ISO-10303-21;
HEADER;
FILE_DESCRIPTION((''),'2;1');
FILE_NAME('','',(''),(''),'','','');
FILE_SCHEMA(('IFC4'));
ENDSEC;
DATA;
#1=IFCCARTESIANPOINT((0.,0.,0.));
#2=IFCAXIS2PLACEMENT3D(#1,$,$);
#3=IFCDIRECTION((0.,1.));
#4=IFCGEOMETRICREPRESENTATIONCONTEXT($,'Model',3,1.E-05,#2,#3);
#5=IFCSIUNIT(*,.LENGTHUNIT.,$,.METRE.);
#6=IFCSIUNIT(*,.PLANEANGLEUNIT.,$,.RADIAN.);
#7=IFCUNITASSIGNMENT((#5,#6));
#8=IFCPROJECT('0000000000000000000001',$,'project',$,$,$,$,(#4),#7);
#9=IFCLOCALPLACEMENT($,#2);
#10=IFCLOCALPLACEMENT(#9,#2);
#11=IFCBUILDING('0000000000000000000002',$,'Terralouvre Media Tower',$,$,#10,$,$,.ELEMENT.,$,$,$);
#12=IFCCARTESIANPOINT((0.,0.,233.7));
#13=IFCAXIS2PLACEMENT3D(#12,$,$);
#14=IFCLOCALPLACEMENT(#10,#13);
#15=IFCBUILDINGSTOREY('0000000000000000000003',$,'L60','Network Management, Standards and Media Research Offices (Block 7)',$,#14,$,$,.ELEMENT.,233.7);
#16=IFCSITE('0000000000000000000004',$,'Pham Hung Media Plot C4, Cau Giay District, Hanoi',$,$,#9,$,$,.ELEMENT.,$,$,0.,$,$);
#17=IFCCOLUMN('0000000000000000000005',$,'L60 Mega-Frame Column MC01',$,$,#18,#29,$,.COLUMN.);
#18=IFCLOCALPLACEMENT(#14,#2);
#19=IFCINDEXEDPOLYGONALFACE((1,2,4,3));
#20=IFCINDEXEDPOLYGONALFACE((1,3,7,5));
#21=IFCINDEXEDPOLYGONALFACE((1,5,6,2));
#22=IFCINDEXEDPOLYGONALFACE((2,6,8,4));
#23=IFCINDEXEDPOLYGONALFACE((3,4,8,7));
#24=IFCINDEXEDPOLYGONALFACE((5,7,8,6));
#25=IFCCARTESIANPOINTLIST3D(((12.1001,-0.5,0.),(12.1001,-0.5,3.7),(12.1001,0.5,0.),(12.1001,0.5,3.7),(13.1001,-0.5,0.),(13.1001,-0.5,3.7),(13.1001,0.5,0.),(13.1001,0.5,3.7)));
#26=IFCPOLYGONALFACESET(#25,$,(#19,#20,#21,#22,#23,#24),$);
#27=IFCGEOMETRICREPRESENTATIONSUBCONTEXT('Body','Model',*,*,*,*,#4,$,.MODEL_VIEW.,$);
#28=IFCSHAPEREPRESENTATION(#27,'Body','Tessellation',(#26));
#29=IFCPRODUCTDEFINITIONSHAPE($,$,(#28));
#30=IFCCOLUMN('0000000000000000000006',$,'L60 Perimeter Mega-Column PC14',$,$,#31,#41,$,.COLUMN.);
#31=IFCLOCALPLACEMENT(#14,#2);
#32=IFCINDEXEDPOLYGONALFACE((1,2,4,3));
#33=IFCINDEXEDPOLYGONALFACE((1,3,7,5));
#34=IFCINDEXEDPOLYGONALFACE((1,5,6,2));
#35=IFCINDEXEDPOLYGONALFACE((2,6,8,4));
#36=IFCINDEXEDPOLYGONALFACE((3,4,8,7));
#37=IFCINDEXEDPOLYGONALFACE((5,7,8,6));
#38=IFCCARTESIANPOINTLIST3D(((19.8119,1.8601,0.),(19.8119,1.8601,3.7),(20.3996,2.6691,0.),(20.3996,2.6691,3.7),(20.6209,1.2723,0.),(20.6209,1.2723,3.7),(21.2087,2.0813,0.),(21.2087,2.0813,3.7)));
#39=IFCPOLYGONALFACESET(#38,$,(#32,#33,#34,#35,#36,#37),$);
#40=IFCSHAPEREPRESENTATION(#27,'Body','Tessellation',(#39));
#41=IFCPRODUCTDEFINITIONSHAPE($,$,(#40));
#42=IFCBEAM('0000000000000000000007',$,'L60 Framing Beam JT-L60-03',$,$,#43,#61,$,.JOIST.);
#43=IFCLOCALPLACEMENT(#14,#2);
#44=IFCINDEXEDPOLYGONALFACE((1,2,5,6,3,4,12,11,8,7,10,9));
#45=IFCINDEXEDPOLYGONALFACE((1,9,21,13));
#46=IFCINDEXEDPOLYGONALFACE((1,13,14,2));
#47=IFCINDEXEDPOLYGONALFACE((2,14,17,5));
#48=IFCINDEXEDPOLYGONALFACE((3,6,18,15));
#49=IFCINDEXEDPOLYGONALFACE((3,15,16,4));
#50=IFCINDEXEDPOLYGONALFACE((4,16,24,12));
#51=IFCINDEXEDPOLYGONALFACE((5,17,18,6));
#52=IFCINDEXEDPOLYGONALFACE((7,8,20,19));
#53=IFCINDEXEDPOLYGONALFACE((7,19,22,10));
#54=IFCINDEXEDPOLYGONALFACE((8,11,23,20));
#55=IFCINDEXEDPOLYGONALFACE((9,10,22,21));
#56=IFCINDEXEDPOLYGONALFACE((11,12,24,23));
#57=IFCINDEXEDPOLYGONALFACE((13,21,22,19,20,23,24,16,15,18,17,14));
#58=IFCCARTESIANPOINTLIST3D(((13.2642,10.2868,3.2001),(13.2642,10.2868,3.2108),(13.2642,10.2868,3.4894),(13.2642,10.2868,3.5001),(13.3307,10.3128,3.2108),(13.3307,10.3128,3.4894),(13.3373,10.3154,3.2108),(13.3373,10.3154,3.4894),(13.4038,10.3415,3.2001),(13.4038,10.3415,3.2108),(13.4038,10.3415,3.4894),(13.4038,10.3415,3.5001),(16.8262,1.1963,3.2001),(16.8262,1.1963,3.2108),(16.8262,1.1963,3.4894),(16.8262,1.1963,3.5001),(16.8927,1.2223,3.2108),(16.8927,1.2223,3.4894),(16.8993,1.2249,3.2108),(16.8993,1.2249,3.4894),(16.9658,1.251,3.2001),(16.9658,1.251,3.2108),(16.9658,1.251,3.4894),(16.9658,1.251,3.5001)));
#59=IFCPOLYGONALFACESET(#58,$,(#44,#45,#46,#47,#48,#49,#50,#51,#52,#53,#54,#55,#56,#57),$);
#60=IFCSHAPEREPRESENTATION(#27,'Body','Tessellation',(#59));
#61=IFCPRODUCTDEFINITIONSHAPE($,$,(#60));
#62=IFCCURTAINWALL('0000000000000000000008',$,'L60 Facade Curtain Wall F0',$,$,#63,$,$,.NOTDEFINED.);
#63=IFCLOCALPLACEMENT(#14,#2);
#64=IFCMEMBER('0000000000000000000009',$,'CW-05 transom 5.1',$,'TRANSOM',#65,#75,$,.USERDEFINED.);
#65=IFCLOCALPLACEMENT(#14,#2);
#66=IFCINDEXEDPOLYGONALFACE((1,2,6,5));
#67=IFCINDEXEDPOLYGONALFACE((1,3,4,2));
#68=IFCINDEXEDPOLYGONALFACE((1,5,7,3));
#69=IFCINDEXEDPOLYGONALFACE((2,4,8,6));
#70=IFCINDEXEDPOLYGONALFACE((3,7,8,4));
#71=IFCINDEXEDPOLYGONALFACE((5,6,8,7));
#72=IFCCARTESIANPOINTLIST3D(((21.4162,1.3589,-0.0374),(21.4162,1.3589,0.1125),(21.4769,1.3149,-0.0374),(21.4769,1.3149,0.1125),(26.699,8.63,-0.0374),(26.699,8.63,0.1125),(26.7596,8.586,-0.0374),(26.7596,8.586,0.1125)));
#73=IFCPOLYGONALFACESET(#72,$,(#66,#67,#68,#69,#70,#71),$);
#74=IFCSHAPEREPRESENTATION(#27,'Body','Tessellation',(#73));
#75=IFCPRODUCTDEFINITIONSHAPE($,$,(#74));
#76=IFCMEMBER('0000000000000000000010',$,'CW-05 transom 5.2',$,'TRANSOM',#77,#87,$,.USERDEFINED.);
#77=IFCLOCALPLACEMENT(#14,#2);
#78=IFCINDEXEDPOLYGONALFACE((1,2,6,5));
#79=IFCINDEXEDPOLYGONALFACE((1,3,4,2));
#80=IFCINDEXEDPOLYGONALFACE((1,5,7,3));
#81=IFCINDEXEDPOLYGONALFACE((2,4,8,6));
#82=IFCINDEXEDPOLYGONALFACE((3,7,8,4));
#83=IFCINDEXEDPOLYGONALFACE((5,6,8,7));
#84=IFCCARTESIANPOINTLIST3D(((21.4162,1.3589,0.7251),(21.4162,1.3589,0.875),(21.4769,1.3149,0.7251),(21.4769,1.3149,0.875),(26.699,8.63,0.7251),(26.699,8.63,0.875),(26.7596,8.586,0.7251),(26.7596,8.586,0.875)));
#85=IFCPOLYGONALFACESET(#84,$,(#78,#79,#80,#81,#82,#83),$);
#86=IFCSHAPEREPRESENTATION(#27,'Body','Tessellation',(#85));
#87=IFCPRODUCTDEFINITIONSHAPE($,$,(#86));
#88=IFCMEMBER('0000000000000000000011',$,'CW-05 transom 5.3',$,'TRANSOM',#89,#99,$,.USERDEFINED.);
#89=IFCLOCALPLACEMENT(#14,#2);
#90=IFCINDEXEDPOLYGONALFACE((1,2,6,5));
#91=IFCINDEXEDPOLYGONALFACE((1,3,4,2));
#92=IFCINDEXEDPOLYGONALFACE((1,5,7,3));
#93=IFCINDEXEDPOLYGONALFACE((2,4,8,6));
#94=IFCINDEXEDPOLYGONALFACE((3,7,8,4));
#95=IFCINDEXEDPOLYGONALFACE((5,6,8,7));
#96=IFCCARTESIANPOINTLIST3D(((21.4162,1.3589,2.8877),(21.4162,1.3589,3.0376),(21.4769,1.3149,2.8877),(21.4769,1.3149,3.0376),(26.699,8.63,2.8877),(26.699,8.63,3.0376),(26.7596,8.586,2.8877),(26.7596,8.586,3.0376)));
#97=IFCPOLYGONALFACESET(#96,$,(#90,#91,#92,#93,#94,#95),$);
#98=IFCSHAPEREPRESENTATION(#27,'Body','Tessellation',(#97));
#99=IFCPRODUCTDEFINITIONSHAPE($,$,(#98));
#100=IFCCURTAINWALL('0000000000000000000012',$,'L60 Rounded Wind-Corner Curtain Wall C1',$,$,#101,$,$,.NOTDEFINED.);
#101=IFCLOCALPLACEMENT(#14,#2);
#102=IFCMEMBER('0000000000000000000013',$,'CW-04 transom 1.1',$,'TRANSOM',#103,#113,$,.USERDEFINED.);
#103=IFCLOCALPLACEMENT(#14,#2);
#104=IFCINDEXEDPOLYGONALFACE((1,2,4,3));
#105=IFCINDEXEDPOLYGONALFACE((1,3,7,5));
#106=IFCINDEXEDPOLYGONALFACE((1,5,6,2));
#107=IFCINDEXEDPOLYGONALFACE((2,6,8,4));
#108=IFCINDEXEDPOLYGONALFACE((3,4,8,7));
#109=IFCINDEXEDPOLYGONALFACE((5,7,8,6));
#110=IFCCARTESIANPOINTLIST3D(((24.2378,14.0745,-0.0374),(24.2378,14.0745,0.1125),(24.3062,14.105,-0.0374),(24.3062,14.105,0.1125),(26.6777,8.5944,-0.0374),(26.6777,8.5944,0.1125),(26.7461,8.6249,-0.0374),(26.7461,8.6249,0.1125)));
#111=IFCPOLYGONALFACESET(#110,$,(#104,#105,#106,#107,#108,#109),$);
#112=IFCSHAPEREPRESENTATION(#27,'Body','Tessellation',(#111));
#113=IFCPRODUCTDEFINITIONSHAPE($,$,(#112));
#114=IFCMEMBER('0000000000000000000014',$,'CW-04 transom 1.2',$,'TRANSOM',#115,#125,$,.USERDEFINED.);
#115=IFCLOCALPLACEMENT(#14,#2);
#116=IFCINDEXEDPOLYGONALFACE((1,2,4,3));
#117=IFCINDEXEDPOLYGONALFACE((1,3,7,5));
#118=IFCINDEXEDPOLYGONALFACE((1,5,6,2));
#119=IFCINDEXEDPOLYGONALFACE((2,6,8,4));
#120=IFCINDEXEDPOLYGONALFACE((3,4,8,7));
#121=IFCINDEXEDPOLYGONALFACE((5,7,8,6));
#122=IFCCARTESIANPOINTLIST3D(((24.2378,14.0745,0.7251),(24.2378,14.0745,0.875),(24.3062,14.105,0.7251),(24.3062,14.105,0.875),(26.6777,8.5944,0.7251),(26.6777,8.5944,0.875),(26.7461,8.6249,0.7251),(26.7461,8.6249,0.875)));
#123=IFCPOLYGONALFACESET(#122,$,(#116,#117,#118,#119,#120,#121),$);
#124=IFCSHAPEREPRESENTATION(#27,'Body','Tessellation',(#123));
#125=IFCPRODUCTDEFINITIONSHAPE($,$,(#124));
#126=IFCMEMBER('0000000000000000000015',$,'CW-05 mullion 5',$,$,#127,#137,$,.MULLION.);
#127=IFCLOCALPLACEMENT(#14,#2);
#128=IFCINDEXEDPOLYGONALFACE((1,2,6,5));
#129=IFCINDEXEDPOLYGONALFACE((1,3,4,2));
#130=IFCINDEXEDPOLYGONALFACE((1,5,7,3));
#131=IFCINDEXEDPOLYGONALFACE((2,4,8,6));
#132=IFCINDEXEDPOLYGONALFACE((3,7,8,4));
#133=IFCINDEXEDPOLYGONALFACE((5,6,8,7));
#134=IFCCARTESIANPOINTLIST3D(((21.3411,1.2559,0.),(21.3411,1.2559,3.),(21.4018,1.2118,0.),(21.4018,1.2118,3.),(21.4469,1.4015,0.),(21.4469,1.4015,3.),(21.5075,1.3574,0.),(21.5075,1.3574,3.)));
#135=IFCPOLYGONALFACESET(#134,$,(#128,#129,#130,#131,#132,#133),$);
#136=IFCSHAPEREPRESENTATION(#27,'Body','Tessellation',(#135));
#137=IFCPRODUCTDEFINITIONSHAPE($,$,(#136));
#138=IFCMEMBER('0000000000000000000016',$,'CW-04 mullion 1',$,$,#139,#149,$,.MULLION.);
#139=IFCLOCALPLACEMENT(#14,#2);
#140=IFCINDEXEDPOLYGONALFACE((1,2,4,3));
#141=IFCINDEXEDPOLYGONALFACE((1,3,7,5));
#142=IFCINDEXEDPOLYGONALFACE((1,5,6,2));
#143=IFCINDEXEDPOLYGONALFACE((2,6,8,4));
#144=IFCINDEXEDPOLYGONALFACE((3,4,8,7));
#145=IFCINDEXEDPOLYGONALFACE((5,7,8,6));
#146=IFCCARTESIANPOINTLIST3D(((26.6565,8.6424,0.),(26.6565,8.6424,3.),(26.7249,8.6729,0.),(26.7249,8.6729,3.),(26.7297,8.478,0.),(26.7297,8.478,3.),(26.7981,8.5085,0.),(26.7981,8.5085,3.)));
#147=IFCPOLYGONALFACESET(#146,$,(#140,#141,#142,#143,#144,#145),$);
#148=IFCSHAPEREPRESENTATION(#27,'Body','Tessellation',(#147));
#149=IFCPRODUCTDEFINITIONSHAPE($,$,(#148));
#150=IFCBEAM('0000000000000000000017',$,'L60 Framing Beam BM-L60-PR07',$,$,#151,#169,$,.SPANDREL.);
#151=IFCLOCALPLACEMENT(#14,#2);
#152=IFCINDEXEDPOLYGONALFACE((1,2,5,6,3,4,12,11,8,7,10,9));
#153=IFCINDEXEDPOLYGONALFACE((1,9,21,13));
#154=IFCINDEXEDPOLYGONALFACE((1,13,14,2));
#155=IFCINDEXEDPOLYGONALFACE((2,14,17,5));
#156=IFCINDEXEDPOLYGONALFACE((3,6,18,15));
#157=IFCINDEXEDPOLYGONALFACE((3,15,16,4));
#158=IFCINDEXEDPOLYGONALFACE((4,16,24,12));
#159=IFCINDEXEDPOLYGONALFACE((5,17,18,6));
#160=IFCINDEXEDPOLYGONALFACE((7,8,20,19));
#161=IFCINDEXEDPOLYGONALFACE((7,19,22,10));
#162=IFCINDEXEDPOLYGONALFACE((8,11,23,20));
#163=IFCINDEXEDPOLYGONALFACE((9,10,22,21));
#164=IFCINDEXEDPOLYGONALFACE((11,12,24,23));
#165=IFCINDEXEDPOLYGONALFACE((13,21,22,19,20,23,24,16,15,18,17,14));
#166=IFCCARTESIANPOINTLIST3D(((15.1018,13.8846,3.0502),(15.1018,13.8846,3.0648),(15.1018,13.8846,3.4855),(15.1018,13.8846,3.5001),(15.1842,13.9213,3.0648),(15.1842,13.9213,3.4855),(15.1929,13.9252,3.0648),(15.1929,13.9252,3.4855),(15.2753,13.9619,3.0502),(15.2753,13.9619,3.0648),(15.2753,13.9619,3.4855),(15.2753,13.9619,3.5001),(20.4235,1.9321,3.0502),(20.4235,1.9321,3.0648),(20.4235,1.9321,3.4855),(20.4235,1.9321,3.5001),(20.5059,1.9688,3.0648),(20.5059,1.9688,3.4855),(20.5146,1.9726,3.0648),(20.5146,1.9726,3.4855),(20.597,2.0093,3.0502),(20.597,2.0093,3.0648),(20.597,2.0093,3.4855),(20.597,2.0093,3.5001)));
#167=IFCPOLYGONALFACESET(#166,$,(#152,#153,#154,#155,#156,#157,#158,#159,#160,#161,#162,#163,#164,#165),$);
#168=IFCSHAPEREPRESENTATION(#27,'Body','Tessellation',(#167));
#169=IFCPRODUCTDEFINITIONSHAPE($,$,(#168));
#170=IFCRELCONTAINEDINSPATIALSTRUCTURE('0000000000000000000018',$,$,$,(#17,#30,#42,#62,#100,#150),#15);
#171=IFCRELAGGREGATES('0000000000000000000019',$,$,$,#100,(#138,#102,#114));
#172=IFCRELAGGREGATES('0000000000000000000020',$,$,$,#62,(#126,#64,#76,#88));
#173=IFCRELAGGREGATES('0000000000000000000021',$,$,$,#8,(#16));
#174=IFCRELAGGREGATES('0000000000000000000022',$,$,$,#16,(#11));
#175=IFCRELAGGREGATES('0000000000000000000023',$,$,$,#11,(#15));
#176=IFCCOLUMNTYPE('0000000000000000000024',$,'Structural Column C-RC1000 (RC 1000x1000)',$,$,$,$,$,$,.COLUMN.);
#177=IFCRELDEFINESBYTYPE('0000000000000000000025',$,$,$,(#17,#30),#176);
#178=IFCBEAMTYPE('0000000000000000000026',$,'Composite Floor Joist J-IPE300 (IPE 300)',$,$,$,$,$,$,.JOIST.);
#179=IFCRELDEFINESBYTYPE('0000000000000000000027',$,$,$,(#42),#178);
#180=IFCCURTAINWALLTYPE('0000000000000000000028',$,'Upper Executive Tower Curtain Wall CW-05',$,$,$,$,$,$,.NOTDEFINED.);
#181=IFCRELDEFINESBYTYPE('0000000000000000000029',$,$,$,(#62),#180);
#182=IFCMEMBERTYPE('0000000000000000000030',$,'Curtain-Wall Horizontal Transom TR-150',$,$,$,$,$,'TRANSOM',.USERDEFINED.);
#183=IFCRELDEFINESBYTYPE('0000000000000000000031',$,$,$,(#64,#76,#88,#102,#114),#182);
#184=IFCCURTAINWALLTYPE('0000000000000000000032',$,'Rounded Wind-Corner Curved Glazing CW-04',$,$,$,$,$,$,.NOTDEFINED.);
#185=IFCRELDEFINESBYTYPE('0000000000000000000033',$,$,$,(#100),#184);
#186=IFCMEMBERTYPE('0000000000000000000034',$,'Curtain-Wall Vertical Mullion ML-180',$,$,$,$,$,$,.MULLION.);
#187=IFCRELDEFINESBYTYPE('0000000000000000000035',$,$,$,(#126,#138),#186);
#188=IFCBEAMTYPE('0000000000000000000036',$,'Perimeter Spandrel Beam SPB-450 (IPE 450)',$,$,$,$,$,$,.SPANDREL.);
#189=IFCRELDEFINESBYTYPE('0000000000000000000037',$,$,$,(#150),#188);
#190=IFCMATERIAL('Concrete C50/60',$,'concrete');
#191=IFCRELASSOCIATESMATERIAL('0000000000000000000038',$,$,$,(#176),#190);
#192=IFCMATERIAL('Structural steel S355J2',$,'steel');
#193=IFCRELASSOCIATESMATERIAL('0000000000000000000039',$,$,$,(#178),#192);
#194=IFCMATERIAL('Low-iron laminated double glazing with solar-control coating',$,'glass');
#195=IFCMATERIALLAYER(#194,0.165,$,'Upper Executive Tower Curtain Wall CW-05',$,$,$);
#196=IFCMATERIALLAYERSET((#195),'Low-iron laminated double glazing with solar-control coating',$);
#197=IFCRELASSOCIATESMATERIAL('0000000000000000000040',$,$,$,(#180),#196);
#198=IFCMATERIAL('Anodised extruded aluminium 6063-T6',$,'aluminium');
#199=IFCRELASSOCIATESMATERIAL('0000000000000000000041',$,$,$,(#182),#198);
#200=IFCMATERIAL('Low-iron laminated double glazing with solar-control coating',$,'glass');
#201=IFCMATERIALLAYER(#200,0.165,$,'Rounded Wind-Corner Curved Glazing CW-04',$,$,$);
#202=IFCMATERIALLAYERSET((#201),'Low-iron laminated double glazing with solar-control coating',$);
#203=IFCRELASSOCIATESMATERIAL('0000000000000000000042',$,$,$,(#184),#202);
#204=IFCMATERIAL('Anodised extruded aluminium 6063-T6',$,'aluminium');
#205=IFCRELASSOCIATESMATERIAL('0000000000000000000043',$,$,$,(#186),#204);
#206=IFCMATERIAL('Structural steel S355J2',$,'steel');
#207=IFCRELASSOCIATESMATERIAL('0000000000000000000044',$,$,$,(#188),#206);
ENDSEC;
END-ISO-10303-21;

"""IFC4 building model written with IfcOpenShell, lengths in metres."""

from ifc_helpers import new_model, si_unit, direction, frame, origin, origin_2d, place, context, subcontext, project, spatial, rectangle, i_section, extrude, material, layer, layer_set, material_profile, profile_set, type_object, element, aggregate, save


model = new_model("IFC4")

# Units and contexts
model_context = context("Model", 3, precision=1e-05, world=origin(), true_north=direction((0.0, 1.0)))
body_context = subcontext(model_context, "Body", "Model", "MODEL_VIEW")
ifc_project = project(units=[si_unit("LENGTHUNIT", "METRE"), si_unit("PLANEANGLEUNIT", "RADIAN")], contexts=[model_context])

# Site, building, storey
site_placement = place(None, origin())
site = spatial("IfcSite", under=ifc_project, at=site_placement, Name="Pham Hung Media Plot C4, Cau Giay District, Hanoi", CompositionType="ELEMENT", RefElevation=0.0)
building_placement = place(site_placement, origin())
building = spatial("IfcBuilding", under=site, at=building_placement, Name="Terralouvre Media Tower", CompositionType="ELEMENT")
storey_placement = place(building_placement, frame((0.0, 0.0, 233.7)))
storey = spatial("IfcBuildingStorey", under=building, at=storey_placement, Name="L60", Description="Network Management, Standards and Media Research Offices (Block 7)", CompositionType="ELEMENT", Elevation=233.7)

# Columns
ifc_material_1 = material(Name="Concrete C50/60", Category="concrete")
ifc_material_profile_1 = material_profile(ifc_material_1, rectangle(XDim=1.0, YDim=1.0, at=origin_2d()), Name="RC 1000x1000")
ifc_profile_set_1 = profile_set([ifc_material_profile_1], Name="Concrete C50/60")
column_type = type_object("IfcColumnType", Name="Structural Column C-RC1000 (RC 1000x1000)", PredefinedType="COLUMN", material=ifc_profile_set_1)
for number, where, z_axis, x_axis, name in (
    (1, (12.6001, 0.0, 0.0), (0.0, 0.0, 1.0), (1.0, 0.0, 0.0), "L60 Mega-Frame Column MC01"),
    (2, (20.5103, 1.9707, 0.0), (0.0, 0.0, 1.0), (0.587785, 0.809017, 0.0), "L60 Perimeter Mega-Column PC14"),
):
    element("IfcColumn", number, at=place(storey_placement, frame(where, z_axis=z_axis, x_axis=x_axis)), inside=storey, type_object=column_type, Name=name, PredefinedType="COLUMN", context=body_context, shape_type="SweptSolid", body=[
        extrude(rectangle(XDim=1.0, YDim=1.0, at=origin_2d()), origin(), (0.0, 0.0, 1.0), 3.7),
    ])

# Beam
ifc_material_2 = material(Name="Structural steel S355J2", Category="steel")
ifc_material_profile_2 = material_profile(ifc_material_2, i_section(OverallWidth=0.1499, OverallDepth=0.3, WebThickness=0.0071, FlangeThickness=0.0107, at=origin_2d()), Name="IPE 300")
ifc_profile_set_2 = profile_set([ifc_material_profile_2], Name="Structural steel S355J2")
beam_type_1 = type_object("IfcBeamType", Name="Composite Floor Joist J-IPE300 (IPE 300)", PredefinedType="JOIST", material=ifc_profile_set_2)
beam_1_placement = place(storey_placement, frame((16.896, 1.2236, 3.3501), z_axis=(-0.364828, 0.931075, 0.0), x_axis=(-0.931075, -0.364828, 0.0)))
element("IfcBeam", 3, at=beam_1_placement, inside=storey, type_object=beam_type_1, Name="L60 Framing Beam JT-L60-03", PredefinedType="JOIST", context=body_context, shape_type="SweptSolid", body=[
    extrude(i_section(OverallWidth=0.1499, OverallDepth=0.3, WebThickness=0.0071, FlangeThickness=0.0107, at=origin_2d()), origin(), (0.0, 0.0, 1.0), 9.7634),
])

# Curtain walls, members
ifc_material_3 = material(Name="Low-iron laminated double glazing with solar-control coating", Category="glass")
ifc_layer_1 = layer(ifc_material_3, 0.165, Name="Upper Executive Tower Curtain Wall CW-05")
ifc_layer_set_1 = layer_set([ifc_layer_1], Name="Low-iron laminated double glazing with solar-control coating")
curtain_wall_type_1 = type_object("IfcCurtainWallType", Name="Upper Executive Tower Curtain Wall CW-05", PredefinedType="NOTDEFINED", material=ifc_layer_set_1)
curtain_wall_1_placement = place(storey_placement, origin())
curtain_wall_1 = element("IfcCurtainWall", 4, at=curtain_wall_1_placement, inside=storey, type_object=curtain_wall_type_1, Name="L60 Facade Curtain Wall F0", PredefinedType="NOTDEFINED")
ifc_material_4 = material(Name="Anodised extruded aluminium 6063-T6", Category="aluminium")
ifc_material_profile_3 = material_profile(ifc_material_4, rectangle(XDim=0.075, YDim=0.1499, at=origin_2d()), Name="ALU 75x150")
ifc_profile_set_3 = profile_set([ifc_material_profile_3], Name="Anodised extruded aluminium 6063-T6")
member_type_1 = type_object("IfcMemberType", Name="Curtain-Wall Horizontal Transom TR-150", ElementType="TRANSOM", PredefinedType="USERDEFINED", material=ifc_profile_set_3)
member_1_placement = place(storey_placement, frame((21.4465, 1.3369, 0.0376), z_axis=(0.587787, 0.809016, 0.0), x_axis=(-0.809016, 0.587787, 0.0)))
member_1 = element("IfcMember", 5, at=member_1_placement, type_object=member_type_1, Name="CW-05 transom 5.1", ObjectType="TRANSOM", PredefinedType="USERDEFINED", context=body_context, shape_type="SweptSolid", body=[
    extrude(rectangle(XDim=0.075, YDim=0.1499, at=origin_2d()), origin(), (0.0, 0.0, 1.0), 8.9875),
])
member_2_placement = place(storey_placement, frame((21.4465, 1.3369, 0.8), z_axis=(0.587787, 0.809016, 0.0), x_axis=(-0.809016, 0.587787, 0.0)))
member_2 = element("IfcMember", 6, at=member_2_placement, type_object=member_type_1, Name="CW-05 transom 5.2", ObjectType="TRANSOM", PredefinedType="USERDEFINED", context=body_context, shape_type="SweptSolid", body=[
    extrude(rectangle(XDim=0.075, YDim=0.1499, at=origin_2d()), origin(), (0.0, 0.0, 1.0), 8.9875),
])
member_3_placement = place(storey_placement, frame((21.4465, 1.3369, 2.9626), z_axis=(0.587787, 0.809016, 0.0), x_axis=(-0.809016, 0.587787, 0.0)))
member_3 = element("IfcMember", 7, at=member_3_placement, type_object=member_type_1, Name="CW-05 transom 5.3", ObjectType="TRANSOM", PredefinedType="USERDEFINED", context=body_context, shape_type="SweptSolid", body=[
    extrude(rectangle(XDim=0.075, YDim=0.1499, at=origin_2d()), origin(), (0.0, 0.0, 1.0), 8.9875),
])
ifc_material_5 = material(Name="Low-iron laminated double glazing with solar-control coating", Category="glass")
ifc_layer_2 = layer(ifc_material_5, 0.165, Name="Rounded Wind-Corner Curved Glazing CW-04")
ifc_layer_set_2 = layer_set([ifc_layer_2], Name="Low-iron laminated double glazing with solar-control coating")
curtain_wall_type_2 = type_object("IfcCurtainWallType", Name="Rounded Wind-Corner Curved Glazing CW-04", PredefinedType="NOTDEFINED", material=ifc_layer_set_2)
curtain_wall_2_placement = place(storey_placement, origin())
curtain_wall_2 = element("IfcCurtainWall", 8, at=curtain_wall_2_placement, inside=storey, type_object=curtain_wall_type_2, Name="L60 Rounded Wind-Corner Curtain Wall C1", PredefinedType="NOTDEFINED")
member_4_placement = place(storey_placement, frame((26.7119, 8.6096, 0.0376), z_axis=(-0.406735, 0.913546, 0.0), x_axis=(-0.913546, -0.406735, 0.0)))
member_4 = element("IfcMember", 9, at=member_4_placement, type_object=member_type_1, Name="CW-04 transom 1.1", ObjectType="TRANSOM", PredefinedType="USERDEFINED", context=body_context, shape_type="SweptSolid", body=[
    extrude(rectangle(XDim=0.075, YDim=0.1499, at=origin_2d()), origin(), (0.0, 0.0, 1.0), 5.9988),
])
member_5_placement = place(storey_placement, frame((26.7119, 8.6096, 0.8), z_axis=(-0.406735, 0.913546, 0.0), x_axis=(-0.913546, -0.406735, 0.0)))
member_5 = element("IfcMember", 10, at=member_5_placement, type_object=member_type_1, Name="CW-04 transom 1.2", ObjectType="TRANSOM", PredefinedType="USERDEFINED", context=body_context, shape_type="SweptSolid", body=[
    extrude(rectangle(XDim=0.075, YDim=0.1499, at=origin_2d()), origin(), (0.0, 0.0, 1.0), 5.9988),
])

# Members
ifc_material_6 = material(Name="Anodised extruded aluminium 6063-T6", Category="aluminium")
ifc_material_profile_4 = material_profile(ifc_material_6, rectangle(XDim=0.075, YDim=0.1799, at=origin_2d()), Name="ALU 75x180")
ifc_profile_set_4 = profile_set([ifc_material_profile_4], Name="Anodised extruded aluminium 6063-T6")
member_type_2 = type_object("IfcMemberType", Name="Curtain-Wall Vertical Mullion ML-180", PredefinedType="MULLION", material=ifc_profile_set_4)
member_6_placement = place(storey_placement, frame((21.4243, 1.3066, 0.0), z_axis=(0.0, 0.0, 1.0), x_axis=(-0.809017, 0.587785, 0.0)))
member_6 = element("IfcMember", 11, at=member_6_placement, type_object=member_type_2, Name="CW-05 mullion 5", PredefinedType="MULLION", context=body_context, shape_type="SweptSolid", body=[
    extrude(rectangle(XDim=0.075, YDim=0.1799, at=origin_2d()), origin(), (0.0, 0.0, 1.0), 3.0),
])
member_7_placement = place(storey_placement, frame((26.7273, 8.5754, 0.0), z_axis=(0.0, 0.0, 1.0), x_axis=(-0.913545, -0.406737, 0.0)))
member_7 = element("IfcMember", 12, at=member_7_placement, type_object=member_type_2, Name="CW-04 mullion 1", PredefinedType="MULLION", context=body_context, shape_type="SweptSolid", body=[
    extrude(rectangle(XDim=0.075, YDim=0.1799, at=origin_2d()), origin(), (0.0, 0.0, 1.0), 3.0),
])
aggregate(curtain_wall_2, [member_7, member_4, member_5])

# Beam
ifc_material_7 = material(Name="Structural steel S355J2", Category="steel")
ifc_material_profile_5 = material_profile(ifc_material_7, i_section(OverallWidth=0.1899, OverallDepth=0.45, WebThickness=0.0095, FlangeThickness=0.0146, at=origin_2d()), Name="IPE 450")
ifc_profile_set_5 = profile_set([ifc_material_profile_5], Name="Structural steel S355J2")
beam_type_2 = type_object("IfcBeamType", Name="Perimeter Spandrel Beam SPB-450 (IPE 450)", PredefinedType="SPANDREL", material=ifc_profile_set_5)
beam_2_placement = place(storey_placement, frame((20.5103, 1.9707, 3.2751), z_axis=(-0.406744, 0.913542, 0.0), x_axis=(-0.913542, -0.406744, 0.0)))
element("IfcBeam", 13, at=beam_2_placement, inside=storey, type_object=beam_type_2, Name="L60 Framing Beam BM-L60-PR07", PredefinedType="SPANDREL", context=body_context, shape_type="SweptSolid", body=[
    extrude(i_section(OverallWidth=0.1899, OverallDepth=0.45, WebThickness=0.0095, FlangeThickness=0.0146, at=origin_2d()), origin(), (0.0, 0.0, 1.0), 13.0837),
])

aggregate(curtain_wall_1, [member_6, member_1, member_2, member_3])

save(model, "model.ifc")
